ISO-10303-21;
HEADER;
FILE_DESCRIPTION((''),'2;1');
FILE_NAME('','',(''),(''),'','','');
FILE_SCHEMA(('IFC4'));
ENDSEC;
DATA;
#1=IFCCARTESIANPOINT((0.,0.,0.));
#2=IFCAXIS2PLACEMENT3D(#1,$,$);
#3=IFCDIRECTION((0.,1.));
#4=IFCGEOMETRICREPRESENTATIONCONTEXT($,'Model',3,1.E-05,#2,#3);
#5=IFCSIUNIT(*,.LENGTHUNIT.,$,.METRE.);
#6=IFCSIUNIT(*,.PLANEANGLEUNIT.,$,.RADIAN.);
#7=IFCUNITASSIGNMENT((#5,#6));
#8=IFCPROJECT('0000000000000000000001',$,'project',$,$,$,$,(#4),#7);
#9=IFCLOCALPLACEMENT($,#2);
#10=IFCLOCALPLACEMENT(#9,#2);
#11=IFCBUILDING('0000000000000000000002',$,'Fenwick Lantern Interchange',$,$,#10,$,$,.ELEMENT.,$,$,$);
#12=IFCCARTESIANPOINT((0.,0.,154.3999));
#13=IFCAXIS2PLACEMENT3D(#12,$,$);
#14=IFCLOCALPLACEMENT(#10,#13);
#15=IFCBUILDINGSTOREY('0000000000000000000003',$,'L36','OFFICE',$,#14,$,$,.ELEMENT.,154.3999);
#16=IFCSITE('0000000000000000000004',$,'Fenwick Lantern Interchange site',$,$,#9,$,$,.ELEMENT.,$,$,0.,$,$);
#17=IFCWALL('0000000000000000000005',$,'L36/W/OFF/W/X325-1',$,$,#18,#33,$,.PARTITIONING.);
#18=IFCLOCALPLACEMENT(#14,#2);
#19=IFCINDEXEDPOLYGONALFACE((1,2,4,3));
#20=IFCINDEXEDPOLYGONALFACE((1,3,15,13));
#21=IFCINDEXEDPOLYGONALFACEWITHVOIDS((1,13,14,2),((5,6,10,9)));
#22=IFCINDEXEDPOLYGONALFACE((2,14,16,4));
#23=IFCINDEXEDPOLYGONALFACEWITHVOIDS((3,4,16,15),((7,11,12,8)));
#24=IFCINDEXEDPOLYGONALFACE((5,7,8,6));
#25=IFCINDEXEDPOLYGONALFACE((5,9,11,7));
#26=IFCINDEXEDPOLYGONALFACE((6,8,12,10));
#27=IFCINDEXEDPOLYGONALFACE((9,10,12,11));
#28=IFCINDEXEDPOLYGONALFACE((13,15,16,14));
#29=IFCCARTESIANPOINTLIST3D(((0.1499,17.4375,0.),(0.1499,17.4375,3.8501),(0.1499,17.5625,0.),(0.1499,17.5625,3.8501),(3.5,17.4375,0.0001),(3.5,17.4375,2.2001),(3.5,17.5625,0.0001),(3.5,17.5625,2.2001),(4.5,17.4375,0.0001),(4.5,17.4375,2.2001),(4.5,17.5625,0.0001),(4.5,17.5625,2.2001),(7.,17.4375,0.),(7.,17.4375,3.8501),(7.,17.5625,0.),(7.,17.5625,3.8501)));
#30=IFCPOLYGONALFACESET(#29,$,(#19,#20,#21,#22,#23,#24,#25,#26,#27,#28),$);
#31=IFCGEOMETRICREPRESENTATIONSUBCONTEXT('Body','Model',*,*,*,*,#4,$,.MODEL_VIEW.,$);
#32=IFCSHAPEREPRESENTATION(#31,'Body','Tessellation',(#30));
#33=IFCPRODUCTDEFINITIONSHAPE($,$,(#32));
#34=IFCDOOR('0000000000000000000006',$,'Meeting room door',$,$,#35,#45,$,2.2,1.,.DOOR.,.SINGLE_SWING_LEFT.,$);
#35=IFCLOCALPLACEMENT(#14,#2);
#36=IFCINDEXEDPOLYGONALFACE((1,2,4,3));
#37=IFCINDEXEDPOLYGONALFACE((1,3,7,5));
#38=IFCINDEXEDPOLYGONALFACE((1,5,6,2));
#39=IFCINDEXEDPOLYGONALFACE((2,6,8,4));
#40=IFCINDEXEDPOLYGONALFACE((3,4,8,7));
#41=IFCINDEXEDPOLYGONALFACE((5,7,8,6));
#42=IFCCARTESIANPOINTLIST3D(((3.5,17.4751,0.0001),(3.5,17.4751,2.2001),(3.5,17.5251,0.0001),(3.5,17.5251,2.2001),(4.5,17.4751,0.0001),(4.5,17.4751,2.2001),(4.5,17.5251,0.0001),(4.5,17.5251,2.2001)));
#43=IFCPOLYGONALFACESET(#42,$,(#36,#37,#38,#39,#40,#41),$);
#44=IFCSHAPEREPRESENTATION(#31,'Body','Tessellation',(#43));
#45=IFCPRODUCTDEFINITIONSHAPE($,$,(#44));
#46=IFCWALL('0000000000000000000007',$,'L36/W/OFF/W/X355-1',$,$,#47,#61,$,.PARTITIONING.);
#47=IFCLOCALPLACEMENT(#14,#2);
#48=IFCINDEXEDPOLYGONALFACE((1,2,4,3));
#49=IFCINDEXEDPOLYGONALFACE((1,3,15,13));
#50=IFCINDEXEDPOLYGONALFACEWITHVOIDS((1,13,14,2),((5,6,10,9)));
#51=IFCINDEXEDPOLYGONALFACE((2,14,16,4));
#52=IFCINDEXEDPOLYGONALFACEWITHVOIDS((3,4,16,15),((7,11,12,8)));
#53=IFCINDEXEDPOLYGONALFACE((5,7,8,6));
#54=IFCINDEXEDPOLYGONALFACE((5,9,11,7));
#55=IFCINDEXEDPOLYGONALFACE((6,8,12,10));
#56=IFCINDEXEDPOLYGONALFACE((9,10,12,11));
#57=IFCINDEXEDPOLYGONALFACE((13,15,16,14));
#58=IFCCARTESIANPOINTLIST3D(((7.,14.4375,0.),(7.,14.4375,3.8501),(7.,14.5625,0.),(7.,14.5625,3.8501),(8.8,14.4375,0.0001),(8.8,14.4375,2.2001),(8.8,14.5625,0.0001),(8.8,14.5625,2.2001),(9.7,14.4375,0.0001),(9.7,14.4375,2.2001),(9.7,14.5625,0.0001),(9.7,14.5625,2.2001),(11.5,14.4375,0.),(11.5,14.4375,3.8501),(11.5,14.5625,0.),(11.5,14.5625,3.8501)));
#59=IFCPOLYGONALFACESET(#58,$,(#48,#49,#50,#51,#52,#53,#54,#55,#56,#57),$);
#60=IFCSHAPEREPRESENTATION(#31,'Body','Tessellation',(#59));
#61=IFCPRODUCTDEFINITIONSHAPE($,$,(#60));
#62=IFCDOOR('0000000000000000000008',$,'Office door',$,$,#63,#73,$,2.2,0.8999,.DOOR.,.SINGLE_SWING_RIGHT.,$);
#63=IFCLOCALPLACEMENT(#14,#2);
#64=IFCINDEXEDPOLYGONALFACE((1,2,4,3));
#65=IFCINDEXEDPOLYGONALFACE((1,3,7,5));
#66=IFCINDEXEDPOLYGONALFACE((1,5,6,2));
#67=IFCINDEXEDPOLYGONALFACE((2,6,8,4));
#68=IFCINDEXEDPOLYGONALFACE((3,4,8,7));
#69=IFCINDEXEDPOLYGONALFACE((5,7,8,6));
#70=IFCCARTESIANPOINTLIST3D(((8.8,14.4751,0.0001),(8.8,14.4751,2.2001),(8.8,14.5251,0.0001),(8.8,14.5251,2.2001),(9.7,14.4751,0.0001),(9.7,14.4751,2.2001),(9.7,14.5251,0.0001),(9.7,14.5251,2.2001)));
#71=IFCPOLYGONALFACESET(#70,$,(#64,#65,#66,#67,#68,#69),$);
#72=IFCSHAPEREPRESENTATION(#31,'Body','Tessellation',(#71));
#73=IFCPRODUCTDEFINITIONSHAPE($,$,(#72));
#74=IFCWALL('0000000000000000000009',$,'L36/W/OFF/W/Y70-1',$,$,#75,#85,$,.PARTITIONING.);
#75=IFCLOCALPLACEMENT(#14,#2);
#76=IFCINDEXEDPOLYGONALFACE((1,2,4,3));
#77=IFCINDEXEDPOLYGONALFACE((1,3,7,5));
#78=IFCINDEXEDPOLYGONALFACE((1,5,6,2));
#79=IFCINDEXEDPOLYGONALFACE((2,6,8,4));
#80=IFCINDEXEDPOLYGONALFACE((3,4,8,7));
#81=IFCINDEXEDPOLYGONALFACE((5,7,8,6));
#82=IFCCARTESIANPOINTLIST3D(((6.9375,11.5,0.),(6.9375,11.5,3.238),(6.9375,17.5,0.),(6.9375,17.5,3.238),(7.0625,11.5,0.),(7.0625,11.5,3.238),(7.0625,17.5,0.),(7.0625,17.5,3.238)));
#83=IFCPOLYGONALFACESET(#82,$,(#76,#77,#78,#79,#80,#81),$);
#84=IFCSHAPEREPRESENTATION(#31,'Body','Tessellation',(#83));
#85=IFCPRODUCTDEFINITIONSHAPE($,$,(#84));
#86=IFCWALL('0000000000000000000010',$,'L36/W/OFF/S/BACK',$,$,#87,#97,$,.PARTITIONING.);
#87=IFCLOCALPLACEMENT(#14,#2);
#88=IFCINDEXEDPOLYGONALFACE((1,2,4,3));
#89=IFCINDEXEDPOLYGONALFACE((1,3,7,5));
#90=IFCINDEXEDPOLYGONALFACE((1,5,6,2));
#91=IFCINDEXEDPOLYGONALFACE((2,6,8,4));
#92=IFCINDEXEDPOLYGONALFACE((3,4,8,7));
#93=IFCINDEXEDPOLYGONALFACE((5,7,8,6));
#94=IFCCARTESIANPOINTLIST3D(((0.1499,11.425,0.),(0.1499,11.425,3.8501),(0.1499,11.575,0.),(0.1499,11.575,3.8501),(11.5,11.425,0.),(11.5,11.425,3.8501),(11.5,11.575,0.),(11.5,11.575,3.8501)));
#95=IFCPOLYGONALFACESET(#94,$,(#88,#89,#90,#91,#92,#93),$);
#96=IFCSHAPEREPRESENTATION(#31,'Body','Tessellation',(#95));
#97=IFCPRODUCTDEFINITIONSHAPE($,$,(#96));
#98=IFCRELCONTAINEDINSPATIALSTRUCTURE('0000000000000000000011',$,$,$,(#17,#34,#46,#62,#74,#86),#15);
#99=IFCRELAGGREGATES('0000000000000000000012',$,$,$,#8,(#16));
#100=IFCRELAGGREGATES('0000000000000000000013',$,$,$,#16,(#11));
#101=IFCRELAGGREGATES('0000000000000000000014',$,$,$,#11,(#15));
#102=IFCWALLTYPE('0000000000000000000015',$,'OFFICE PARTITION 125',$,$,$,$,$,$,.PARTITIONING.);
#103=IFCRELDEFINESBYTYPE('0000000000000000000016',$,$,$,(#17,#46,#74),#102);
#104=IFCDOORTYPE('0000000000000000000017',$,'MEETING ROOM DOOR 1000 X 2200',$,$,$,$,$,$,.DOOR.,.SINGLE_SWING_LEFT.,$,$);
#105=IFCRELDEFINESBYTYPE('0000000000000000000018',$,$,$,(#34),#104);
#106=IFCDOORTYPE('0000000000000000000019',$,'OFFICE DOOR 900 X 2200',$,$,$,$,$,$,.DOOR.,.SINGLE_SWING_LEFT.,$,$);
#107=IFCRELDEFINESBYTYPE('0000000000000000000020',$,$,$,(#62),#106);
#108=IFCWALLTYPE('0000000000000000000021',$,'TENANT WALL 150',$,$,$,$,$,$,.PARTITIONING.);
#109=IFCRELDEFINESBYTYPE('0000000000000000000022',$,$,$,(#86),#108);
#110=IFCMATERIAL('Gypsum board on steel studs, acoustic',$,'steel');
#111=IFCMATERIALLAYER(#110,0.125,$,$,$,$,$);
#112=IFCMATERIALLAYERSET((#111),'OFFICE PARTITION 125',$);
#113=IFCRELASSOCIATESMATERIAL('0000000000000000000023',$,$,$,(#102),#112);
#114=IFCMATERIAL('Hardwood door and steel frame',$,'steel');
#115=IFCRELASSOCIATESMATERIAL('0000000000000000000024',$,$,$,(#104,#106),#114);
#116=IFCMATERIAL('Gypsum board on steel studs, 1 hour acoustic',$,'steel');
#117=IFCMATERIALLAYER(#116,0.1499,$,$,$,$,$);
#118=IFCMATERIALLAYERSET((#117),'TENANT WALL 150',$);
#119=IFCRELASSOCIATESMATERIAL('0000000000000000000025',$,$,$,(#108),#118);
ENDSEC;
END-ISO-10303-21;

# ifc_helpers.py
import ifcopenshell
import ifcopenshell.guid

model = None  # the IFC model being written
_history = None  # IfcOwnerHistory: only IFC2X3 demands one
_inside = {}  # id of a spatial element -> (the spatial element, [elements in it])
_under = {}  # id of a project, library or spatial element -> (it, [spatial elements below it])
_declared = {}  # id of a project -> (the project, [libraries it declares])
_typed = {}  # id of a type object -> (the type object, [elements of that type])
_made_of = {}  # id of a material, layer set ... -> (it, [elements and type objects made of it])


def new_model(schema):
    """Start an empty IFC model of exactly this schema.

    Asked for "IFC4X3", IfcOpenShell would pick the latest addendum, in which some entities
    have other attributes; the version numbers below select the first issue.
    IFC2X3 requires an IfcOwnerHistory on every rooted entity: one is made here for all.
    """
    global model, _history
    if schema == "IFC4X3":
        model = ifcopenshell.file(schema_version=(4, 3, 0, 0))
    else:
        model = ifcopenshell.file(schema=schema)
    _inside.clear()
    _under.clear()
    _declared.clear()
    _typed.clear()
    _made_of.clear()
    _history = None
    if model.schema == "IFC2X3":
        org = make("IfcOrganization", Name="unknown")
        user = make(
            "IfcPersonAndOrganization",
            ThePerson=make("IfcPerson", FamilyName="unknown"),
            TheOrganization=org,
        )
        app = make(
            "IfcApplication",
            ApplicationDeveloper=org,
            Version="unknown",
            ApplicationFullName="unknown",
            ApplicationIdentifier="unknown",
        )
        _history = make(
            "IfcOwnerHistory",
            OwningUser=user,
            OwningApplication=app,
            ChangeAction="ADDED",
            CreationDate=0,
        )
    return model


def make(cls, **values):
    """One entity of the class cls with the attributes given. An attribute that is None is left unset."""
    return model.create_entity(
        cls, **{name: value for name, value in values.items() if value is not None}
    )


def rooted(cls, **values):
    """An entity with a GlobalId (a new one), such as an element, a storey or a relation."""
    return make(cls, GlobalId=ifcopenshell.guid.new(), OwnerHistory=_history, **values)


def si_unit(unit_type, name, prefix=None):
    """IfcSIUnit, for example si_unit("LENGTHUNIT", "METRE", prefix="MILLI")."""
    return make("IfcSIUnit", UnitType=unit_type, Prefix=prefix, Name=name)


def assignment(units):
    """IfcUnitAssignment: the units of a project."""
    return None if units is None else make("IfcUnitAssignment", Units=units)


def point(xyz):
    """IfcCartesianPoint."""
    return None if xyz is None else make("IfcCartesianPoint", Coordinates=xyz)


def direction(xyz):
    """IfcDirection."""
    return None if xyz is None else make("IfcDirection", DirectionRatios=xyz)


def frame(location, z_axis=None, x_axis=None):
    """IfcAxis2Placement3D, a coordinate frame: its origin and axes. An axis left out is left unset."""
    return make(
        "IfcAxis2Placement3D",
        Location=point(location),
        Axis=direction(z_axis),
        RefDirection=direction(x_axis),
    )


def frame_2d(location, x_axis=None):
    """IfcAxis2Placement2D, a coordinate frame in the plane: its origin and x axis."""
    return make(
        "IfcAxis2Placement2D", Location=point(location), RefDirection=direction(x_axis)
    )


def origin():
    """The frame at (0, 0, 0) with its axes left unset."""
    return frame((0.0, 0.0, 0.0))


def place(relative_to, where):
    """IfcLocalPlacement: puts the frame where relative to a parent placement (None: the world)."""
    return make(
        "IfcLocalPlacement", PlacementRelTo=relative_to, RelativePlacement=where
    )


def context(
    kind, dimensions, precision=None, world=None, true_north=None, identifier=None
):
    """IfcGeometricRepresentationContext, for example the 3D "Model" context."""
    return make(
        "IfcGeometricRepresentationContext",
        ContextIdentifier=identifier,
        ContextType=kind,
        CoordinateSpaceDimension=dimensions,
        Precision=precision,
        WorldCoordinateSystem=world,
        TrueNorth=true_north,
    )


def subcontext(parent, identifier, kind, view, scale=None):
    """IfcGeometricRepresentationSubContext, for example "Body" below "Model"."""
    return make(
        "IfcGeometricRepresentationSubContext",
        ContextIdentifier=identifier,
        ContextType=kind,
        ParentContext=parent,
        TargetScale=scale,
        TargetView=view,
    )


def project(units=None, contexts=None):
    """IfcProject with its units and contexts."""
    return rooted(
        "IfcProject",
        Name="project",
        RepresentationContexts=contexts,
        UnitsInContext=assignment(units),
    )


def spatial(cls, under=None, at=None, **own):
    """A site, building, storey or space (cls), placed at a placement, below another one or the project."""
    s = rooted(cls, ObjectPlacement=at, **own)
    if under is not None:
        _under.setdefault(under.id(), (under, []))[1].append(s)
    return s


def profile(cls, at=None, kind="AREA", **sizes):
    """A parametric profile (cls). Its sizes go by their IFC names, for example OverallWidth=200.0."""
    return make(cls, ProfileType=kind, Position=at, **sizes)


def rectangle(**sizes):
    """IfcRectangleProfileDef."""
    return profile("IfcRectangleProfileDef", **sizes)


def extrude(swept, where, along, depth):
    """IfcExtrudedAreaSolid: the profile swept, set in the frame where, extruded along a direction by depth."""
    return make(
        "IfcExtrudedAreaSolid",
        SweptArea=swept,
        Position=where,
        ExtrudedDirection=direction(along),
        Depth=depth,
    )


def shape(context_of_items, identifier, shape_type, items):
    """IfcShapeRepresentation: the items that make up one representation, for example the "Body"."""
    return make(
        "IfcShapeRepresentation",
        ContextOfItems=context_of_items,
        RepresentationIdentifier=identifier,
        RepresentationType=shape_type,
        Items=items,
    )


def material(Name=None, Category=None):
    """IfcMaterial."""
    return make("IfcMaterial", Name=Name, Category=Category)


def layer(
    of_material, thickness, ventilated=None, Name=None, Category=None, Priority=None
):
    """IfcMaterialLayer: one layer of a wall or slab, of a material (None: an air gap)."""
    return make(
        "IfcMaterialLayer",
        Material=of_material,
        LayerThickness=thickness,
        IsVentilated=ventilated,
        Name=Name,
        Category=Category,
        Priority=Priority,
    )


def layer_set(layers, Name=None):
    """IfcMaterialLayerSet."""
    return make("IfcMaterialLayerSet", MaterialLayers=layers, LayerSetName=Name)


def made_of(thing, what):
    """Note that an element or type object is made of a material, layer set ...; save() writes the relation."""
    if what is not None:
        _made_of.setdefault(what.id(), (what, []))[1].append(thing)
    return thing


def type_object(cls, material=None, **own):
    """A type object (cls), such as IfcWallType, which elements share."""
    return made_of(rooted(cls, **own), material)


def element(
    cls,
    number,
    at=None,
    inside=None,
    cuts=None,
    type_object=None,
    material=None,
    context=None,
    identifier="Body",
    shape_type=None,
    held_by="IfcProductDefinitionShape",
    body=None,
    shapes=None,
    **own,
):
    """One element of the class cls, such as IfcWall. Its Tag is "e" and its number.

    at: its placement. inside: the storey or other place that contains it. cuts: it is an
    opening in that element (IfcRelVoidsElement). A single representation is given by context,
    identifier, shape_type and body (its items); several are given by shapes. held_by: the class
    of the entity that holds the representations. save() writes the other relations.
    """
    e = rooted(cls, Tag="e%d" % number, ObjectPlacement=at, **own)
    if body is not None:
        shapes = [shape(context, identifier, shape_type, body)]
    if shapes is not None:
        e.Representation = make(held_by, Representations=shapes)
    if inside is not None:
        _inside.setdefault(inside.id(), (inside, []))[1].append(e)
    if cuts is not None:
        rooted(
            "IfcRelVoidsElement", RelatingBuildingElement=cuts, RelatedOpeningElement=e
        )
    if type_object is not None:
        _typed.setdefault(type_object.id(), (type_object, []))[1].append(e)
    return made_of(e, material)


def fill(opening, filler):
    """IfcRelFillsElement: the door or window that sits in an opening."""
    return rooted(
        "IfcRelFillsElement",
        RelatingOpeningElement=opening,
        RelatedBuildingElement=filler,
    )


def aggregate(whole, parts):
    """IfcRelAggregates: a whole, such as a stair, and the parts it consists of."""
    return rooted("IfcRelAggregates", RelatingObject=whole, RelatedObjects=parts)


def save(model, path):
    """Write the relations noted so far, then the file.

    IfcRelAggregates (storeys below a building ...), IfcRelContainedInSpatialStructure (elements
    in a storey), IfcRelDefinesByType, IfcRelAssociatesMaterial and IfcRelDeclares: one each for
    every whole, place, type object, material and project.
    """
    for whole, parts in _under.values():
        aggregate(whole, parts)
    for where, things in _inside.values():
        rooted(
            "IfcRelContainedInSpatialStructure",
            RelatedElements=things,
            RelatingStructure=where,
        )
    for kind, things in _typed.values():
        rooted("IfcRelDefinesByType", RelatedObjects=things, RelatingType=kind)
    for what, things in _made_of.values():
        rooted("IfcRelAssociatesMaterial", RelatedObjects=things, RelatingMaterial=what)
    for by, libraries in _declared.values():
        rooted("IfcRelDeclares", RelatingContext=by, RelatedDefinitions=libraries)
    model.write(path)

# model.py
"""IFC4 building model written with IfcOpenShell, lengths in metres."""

from ifc_helpers import new_model, si_unit, direction, frame, frame_2d, origin, place, context, subcontext, project, spatial, rectangle, extrude, material, layer, layer_set, type_object, element, fill, save


model = new_model("IFC4")

# Units and contexts
model_context = context("Model", 3, precision=1e-05, world=origin(), true_north=direction((0.0, 1.0)))
body_context = subcontext(model_context, "Body", "Model", "MODEL_VIEW")
ifc_project = project(units=[si_unit("LENGTHUNIT", "METRE"), si_unit("PLANEANGLEUNIT", "RADIAN")], contexts=[model_context])

# Site, building, storey
site_placement = place(None, origin())
site = spatial("IfcSite", under=ifc_project, at=site_placement, Name="Fenwick Lantern Interchange site", CompositionType="ELEMENT", RefElevation=0.0)
building_placement = place(site_placement, origin())
building = spatial("IfcBuilding", under=site, at=building_placement, Name="Fenwick Lantern Interchange", CompositionType="ELEMENT")
storey_placement = place(building_placement, frame((0.0, 0.0, 154.3999)))
storey = spatial("IfcBuildingStorey", under=building, at=storey_placement, Name="L36", Description="OFFICE", CompositionType="ELEMENT", Elevation=154.3999)

# Walls, openings, doors
ifc_material_1 = material(Name="Gypsum board on steel studs, acoustic", Category="steel")
ifc_layer_1 = layer(ifc_material_1, 0.125)
ifc_layer_set_1 = layer_set([ifc_layer_1], Name="OFFICE PARTITION 125")
wall_type_1 = type_object("IfcWallType", Name="OFFICE PARTITION 125", PredefinedType="PARTITIONING", material=ifc_layer_set_1)
wall_1_placement = place(storey_placement, frame((0.1499, 17.5, 0.0), z_axis=(0.0, 0.0, 1.0), x_axis=(1.0, 0.0, 0.0)))
wall_1 = element("IfcWall", 1, at=wall_1_placement, inside=storey, type_object=wall_type_1, Name="L36/W/OFF/W/X325-1", PredefinedType="PARTITIONING", context=body_context, shape_type="SweptSolid", body=[
    extrude(rectangle(XDim=6.8501, YDim=0.125, at=frame_2d((3.425, 0.0))), origin(), (0.0, 0.0, 1.0), 3.8501),
])
opening_1_placement = place(wall_1_placement, frame((3.3501, 0.0, 0.0)))
opening_1 = element("IfcOpeningElement", 2, at=opening_1_placement, cuts=wall_1, PredefinedType="OPENING", context=body_context, shape_type="SweptSolid", body=[
    extrude(rectangle(XDim=1.0, YDim=2.2, at=frame_2d((0.5, 1.1001))), frame((0.0, 0.0725, 0.0), z_axis=(0.0, -1.0, 0.0), x_axis=(1.0, 0.0, 0.0)), (0.0, 0.0, 1.0), 0.145),
])
ifc_material_2 = material(Name="Hardwood door and steel frame", Category="steel")
door_type_1 = type_object("IfcDoorType", Name="MEETING ROOM DOOR 1000 X 2200", OperationType="SINGLE_SWING_LEFT", PredefinedType="DOOR", material=ifc_material_2)
door_1_placement = place(opening_1_placement, frame((1.0, 0.0, 0.0), z_axis=(0.0, 0.0, 1.0), x_axis=(-1.0, 0.0, 0.0)))
door_1 = element("IfcDoor", 3, at=door_1_placement, inside=storey, type_object=door_type_1, Name="Meeting room door", OperationType="SINGLE_SWING_LEFT", OverallHeight=2.2, OverallWidth=1.0, PredefinedType="DOOR", context=body_context, shape_type="SweptSolid", body=[
    extrude(rectangle(XDim=1.0, YDim=2.2, at=frame_2d((0.5, 1.1001))), frame((0.0, 0.0249, 0.0), z_axis=(0.0, -1.0, 0.0), x_axis=(1.0, 0.0, 0.0)), (0.0, 0.0, 1.0), 0.05),
])
fill(opening_1, door_1)
wall_2_placement = place(storey_placement, frame((7.0, 14.5, 0.0), z_axis=(0.0, 0.0, 1.0), x_axis=(1.0, 0.0, 0.0)))
wall_2 = element("IfcWall", 4, at=wall_2_placement, inside=storey, type_object=wall_type_1, Name="L36/W/OFF/W/X355-1", PredefinedType="PARTITIONING", context=body_context, shape_type="SweptSolid", body=[
    extrude(rectangle(XDim=4.5, YDim=0.125, at=frame_2d((2.25, 0.0))), origin(), (0.0, 0.0, 1.0), 3.8501),
])
opening_2_placement = place(wall_2_placement, frame((1.8, 0.0, 0.0)))
opening_2 = element("IfcOpeningElement", 5, at=opening_2_placement, cuts=wall_2, PredefinedType="OPENING", context=body_context, shape_type="SweptSolid", body=[
    extrude(rectangle(XDim=0.8999, YDim=2.2, at=frame_2d((0.45, 1.1001))), frame((0.0, 0.0725, 0.0), z_axis=(0.0, -1.0, 0.0), x_axis=(1.0, 0.0, 0.0)), (0.0, 0.0, 1.0), 0.145),
])
door_type_2 = type_object("IfcDoorType", Name="OFFICE DOOR 900 X 2200", OperationType="SINGLE_SWING_LEFT", PredefinedType="DOOR", material=ifc_material_2)
door_2_placement = place(opening_2_placement, frame((0.8999, 0.0, 0.0), z_axis=(0.0, 0.0, 1.0), x_axis=(-1.0, 0.0, 0.0)))
door_2 = element("IfcDoor", 6, at=door_2_placement, inside=storey, type_object=door_type_2, Name="Office door", OperationType="SINGLE_SWING_RIGHT", OverallHeight=2.2, OverallWidth=0.8999, PredefinedType="DOOR", context=body_context, shape_type="SweptSolid", body=[
    extrude(rectangle(XDim=0.8999, YDim=2.2, at=frame_2d((0.45, 1.1001))), frame((0.0, 0.0249, 0.0), z_axis=(0.0, -1.0, 0.0), x_axis=(1.0, 0.0, 0.0)), (0.0, 0.0, 1.0), 0.05),
])
fill(opening_2, door_2)

# Walls
wall_3_placement = place(storey_placement, frame((7.0, 17.5, 0.0), z_axis=(0.0, 0.0, 1.0), x_axis=(0.0, -1.0, 0.0)))
element("IfcWall", 7, at=wall_3_placement, inside=storey, type_object=wall_type_1, Name="L36/W/OFF/W/Y70-1", PredefinedType="PARTITIONING", context=body_context, shape_type="SweptSolid", body=[
    extrude(rectangle(XDim=6.0, YDim=0.125, at=frame_2d((3.0, 0.0))), origin(), (0.0, 0.0, 1.0), 3.238),
])
ifc_material_3 = material(Name="Gypsum board on steel studs, 1 hour acoustic", Category="steel")
ifc_layer_2 = layer(ifc_material_3, 0.1499)
ifc_layer_set_2 = layer_set([ifc_layer_2], Name="TENANT WALL 150")
wall_type_2 = type_object("IfcWallType", Name="TENANT WALL 150", PredefinedType="PARTITIONING", material=ifc_layer_set_2)
wall_4_placement = place(storey_placement, frame((0.1499, 11.5, 0.0), z_axis=(0.0, 0.0, 1.0), x_axis=(1.0, 0.0, 0.0)))
element("IfcWall", 8, at=wall_4_placement, inside=storey, type_object=wall_type_2, Name="L36/W/OFF/S/BACK", PredefinedType="PARTITIONING", context=body_context, shape_type="SweptSolid", body=[
    extrude(rectangle(XDim=11.3501, YDim=0.1499, at=frame_2d((5.675, 0.0))), origin(), (0.0, 0.0, 1.0), 3.8501),
])

save(model, "model.ifc")
